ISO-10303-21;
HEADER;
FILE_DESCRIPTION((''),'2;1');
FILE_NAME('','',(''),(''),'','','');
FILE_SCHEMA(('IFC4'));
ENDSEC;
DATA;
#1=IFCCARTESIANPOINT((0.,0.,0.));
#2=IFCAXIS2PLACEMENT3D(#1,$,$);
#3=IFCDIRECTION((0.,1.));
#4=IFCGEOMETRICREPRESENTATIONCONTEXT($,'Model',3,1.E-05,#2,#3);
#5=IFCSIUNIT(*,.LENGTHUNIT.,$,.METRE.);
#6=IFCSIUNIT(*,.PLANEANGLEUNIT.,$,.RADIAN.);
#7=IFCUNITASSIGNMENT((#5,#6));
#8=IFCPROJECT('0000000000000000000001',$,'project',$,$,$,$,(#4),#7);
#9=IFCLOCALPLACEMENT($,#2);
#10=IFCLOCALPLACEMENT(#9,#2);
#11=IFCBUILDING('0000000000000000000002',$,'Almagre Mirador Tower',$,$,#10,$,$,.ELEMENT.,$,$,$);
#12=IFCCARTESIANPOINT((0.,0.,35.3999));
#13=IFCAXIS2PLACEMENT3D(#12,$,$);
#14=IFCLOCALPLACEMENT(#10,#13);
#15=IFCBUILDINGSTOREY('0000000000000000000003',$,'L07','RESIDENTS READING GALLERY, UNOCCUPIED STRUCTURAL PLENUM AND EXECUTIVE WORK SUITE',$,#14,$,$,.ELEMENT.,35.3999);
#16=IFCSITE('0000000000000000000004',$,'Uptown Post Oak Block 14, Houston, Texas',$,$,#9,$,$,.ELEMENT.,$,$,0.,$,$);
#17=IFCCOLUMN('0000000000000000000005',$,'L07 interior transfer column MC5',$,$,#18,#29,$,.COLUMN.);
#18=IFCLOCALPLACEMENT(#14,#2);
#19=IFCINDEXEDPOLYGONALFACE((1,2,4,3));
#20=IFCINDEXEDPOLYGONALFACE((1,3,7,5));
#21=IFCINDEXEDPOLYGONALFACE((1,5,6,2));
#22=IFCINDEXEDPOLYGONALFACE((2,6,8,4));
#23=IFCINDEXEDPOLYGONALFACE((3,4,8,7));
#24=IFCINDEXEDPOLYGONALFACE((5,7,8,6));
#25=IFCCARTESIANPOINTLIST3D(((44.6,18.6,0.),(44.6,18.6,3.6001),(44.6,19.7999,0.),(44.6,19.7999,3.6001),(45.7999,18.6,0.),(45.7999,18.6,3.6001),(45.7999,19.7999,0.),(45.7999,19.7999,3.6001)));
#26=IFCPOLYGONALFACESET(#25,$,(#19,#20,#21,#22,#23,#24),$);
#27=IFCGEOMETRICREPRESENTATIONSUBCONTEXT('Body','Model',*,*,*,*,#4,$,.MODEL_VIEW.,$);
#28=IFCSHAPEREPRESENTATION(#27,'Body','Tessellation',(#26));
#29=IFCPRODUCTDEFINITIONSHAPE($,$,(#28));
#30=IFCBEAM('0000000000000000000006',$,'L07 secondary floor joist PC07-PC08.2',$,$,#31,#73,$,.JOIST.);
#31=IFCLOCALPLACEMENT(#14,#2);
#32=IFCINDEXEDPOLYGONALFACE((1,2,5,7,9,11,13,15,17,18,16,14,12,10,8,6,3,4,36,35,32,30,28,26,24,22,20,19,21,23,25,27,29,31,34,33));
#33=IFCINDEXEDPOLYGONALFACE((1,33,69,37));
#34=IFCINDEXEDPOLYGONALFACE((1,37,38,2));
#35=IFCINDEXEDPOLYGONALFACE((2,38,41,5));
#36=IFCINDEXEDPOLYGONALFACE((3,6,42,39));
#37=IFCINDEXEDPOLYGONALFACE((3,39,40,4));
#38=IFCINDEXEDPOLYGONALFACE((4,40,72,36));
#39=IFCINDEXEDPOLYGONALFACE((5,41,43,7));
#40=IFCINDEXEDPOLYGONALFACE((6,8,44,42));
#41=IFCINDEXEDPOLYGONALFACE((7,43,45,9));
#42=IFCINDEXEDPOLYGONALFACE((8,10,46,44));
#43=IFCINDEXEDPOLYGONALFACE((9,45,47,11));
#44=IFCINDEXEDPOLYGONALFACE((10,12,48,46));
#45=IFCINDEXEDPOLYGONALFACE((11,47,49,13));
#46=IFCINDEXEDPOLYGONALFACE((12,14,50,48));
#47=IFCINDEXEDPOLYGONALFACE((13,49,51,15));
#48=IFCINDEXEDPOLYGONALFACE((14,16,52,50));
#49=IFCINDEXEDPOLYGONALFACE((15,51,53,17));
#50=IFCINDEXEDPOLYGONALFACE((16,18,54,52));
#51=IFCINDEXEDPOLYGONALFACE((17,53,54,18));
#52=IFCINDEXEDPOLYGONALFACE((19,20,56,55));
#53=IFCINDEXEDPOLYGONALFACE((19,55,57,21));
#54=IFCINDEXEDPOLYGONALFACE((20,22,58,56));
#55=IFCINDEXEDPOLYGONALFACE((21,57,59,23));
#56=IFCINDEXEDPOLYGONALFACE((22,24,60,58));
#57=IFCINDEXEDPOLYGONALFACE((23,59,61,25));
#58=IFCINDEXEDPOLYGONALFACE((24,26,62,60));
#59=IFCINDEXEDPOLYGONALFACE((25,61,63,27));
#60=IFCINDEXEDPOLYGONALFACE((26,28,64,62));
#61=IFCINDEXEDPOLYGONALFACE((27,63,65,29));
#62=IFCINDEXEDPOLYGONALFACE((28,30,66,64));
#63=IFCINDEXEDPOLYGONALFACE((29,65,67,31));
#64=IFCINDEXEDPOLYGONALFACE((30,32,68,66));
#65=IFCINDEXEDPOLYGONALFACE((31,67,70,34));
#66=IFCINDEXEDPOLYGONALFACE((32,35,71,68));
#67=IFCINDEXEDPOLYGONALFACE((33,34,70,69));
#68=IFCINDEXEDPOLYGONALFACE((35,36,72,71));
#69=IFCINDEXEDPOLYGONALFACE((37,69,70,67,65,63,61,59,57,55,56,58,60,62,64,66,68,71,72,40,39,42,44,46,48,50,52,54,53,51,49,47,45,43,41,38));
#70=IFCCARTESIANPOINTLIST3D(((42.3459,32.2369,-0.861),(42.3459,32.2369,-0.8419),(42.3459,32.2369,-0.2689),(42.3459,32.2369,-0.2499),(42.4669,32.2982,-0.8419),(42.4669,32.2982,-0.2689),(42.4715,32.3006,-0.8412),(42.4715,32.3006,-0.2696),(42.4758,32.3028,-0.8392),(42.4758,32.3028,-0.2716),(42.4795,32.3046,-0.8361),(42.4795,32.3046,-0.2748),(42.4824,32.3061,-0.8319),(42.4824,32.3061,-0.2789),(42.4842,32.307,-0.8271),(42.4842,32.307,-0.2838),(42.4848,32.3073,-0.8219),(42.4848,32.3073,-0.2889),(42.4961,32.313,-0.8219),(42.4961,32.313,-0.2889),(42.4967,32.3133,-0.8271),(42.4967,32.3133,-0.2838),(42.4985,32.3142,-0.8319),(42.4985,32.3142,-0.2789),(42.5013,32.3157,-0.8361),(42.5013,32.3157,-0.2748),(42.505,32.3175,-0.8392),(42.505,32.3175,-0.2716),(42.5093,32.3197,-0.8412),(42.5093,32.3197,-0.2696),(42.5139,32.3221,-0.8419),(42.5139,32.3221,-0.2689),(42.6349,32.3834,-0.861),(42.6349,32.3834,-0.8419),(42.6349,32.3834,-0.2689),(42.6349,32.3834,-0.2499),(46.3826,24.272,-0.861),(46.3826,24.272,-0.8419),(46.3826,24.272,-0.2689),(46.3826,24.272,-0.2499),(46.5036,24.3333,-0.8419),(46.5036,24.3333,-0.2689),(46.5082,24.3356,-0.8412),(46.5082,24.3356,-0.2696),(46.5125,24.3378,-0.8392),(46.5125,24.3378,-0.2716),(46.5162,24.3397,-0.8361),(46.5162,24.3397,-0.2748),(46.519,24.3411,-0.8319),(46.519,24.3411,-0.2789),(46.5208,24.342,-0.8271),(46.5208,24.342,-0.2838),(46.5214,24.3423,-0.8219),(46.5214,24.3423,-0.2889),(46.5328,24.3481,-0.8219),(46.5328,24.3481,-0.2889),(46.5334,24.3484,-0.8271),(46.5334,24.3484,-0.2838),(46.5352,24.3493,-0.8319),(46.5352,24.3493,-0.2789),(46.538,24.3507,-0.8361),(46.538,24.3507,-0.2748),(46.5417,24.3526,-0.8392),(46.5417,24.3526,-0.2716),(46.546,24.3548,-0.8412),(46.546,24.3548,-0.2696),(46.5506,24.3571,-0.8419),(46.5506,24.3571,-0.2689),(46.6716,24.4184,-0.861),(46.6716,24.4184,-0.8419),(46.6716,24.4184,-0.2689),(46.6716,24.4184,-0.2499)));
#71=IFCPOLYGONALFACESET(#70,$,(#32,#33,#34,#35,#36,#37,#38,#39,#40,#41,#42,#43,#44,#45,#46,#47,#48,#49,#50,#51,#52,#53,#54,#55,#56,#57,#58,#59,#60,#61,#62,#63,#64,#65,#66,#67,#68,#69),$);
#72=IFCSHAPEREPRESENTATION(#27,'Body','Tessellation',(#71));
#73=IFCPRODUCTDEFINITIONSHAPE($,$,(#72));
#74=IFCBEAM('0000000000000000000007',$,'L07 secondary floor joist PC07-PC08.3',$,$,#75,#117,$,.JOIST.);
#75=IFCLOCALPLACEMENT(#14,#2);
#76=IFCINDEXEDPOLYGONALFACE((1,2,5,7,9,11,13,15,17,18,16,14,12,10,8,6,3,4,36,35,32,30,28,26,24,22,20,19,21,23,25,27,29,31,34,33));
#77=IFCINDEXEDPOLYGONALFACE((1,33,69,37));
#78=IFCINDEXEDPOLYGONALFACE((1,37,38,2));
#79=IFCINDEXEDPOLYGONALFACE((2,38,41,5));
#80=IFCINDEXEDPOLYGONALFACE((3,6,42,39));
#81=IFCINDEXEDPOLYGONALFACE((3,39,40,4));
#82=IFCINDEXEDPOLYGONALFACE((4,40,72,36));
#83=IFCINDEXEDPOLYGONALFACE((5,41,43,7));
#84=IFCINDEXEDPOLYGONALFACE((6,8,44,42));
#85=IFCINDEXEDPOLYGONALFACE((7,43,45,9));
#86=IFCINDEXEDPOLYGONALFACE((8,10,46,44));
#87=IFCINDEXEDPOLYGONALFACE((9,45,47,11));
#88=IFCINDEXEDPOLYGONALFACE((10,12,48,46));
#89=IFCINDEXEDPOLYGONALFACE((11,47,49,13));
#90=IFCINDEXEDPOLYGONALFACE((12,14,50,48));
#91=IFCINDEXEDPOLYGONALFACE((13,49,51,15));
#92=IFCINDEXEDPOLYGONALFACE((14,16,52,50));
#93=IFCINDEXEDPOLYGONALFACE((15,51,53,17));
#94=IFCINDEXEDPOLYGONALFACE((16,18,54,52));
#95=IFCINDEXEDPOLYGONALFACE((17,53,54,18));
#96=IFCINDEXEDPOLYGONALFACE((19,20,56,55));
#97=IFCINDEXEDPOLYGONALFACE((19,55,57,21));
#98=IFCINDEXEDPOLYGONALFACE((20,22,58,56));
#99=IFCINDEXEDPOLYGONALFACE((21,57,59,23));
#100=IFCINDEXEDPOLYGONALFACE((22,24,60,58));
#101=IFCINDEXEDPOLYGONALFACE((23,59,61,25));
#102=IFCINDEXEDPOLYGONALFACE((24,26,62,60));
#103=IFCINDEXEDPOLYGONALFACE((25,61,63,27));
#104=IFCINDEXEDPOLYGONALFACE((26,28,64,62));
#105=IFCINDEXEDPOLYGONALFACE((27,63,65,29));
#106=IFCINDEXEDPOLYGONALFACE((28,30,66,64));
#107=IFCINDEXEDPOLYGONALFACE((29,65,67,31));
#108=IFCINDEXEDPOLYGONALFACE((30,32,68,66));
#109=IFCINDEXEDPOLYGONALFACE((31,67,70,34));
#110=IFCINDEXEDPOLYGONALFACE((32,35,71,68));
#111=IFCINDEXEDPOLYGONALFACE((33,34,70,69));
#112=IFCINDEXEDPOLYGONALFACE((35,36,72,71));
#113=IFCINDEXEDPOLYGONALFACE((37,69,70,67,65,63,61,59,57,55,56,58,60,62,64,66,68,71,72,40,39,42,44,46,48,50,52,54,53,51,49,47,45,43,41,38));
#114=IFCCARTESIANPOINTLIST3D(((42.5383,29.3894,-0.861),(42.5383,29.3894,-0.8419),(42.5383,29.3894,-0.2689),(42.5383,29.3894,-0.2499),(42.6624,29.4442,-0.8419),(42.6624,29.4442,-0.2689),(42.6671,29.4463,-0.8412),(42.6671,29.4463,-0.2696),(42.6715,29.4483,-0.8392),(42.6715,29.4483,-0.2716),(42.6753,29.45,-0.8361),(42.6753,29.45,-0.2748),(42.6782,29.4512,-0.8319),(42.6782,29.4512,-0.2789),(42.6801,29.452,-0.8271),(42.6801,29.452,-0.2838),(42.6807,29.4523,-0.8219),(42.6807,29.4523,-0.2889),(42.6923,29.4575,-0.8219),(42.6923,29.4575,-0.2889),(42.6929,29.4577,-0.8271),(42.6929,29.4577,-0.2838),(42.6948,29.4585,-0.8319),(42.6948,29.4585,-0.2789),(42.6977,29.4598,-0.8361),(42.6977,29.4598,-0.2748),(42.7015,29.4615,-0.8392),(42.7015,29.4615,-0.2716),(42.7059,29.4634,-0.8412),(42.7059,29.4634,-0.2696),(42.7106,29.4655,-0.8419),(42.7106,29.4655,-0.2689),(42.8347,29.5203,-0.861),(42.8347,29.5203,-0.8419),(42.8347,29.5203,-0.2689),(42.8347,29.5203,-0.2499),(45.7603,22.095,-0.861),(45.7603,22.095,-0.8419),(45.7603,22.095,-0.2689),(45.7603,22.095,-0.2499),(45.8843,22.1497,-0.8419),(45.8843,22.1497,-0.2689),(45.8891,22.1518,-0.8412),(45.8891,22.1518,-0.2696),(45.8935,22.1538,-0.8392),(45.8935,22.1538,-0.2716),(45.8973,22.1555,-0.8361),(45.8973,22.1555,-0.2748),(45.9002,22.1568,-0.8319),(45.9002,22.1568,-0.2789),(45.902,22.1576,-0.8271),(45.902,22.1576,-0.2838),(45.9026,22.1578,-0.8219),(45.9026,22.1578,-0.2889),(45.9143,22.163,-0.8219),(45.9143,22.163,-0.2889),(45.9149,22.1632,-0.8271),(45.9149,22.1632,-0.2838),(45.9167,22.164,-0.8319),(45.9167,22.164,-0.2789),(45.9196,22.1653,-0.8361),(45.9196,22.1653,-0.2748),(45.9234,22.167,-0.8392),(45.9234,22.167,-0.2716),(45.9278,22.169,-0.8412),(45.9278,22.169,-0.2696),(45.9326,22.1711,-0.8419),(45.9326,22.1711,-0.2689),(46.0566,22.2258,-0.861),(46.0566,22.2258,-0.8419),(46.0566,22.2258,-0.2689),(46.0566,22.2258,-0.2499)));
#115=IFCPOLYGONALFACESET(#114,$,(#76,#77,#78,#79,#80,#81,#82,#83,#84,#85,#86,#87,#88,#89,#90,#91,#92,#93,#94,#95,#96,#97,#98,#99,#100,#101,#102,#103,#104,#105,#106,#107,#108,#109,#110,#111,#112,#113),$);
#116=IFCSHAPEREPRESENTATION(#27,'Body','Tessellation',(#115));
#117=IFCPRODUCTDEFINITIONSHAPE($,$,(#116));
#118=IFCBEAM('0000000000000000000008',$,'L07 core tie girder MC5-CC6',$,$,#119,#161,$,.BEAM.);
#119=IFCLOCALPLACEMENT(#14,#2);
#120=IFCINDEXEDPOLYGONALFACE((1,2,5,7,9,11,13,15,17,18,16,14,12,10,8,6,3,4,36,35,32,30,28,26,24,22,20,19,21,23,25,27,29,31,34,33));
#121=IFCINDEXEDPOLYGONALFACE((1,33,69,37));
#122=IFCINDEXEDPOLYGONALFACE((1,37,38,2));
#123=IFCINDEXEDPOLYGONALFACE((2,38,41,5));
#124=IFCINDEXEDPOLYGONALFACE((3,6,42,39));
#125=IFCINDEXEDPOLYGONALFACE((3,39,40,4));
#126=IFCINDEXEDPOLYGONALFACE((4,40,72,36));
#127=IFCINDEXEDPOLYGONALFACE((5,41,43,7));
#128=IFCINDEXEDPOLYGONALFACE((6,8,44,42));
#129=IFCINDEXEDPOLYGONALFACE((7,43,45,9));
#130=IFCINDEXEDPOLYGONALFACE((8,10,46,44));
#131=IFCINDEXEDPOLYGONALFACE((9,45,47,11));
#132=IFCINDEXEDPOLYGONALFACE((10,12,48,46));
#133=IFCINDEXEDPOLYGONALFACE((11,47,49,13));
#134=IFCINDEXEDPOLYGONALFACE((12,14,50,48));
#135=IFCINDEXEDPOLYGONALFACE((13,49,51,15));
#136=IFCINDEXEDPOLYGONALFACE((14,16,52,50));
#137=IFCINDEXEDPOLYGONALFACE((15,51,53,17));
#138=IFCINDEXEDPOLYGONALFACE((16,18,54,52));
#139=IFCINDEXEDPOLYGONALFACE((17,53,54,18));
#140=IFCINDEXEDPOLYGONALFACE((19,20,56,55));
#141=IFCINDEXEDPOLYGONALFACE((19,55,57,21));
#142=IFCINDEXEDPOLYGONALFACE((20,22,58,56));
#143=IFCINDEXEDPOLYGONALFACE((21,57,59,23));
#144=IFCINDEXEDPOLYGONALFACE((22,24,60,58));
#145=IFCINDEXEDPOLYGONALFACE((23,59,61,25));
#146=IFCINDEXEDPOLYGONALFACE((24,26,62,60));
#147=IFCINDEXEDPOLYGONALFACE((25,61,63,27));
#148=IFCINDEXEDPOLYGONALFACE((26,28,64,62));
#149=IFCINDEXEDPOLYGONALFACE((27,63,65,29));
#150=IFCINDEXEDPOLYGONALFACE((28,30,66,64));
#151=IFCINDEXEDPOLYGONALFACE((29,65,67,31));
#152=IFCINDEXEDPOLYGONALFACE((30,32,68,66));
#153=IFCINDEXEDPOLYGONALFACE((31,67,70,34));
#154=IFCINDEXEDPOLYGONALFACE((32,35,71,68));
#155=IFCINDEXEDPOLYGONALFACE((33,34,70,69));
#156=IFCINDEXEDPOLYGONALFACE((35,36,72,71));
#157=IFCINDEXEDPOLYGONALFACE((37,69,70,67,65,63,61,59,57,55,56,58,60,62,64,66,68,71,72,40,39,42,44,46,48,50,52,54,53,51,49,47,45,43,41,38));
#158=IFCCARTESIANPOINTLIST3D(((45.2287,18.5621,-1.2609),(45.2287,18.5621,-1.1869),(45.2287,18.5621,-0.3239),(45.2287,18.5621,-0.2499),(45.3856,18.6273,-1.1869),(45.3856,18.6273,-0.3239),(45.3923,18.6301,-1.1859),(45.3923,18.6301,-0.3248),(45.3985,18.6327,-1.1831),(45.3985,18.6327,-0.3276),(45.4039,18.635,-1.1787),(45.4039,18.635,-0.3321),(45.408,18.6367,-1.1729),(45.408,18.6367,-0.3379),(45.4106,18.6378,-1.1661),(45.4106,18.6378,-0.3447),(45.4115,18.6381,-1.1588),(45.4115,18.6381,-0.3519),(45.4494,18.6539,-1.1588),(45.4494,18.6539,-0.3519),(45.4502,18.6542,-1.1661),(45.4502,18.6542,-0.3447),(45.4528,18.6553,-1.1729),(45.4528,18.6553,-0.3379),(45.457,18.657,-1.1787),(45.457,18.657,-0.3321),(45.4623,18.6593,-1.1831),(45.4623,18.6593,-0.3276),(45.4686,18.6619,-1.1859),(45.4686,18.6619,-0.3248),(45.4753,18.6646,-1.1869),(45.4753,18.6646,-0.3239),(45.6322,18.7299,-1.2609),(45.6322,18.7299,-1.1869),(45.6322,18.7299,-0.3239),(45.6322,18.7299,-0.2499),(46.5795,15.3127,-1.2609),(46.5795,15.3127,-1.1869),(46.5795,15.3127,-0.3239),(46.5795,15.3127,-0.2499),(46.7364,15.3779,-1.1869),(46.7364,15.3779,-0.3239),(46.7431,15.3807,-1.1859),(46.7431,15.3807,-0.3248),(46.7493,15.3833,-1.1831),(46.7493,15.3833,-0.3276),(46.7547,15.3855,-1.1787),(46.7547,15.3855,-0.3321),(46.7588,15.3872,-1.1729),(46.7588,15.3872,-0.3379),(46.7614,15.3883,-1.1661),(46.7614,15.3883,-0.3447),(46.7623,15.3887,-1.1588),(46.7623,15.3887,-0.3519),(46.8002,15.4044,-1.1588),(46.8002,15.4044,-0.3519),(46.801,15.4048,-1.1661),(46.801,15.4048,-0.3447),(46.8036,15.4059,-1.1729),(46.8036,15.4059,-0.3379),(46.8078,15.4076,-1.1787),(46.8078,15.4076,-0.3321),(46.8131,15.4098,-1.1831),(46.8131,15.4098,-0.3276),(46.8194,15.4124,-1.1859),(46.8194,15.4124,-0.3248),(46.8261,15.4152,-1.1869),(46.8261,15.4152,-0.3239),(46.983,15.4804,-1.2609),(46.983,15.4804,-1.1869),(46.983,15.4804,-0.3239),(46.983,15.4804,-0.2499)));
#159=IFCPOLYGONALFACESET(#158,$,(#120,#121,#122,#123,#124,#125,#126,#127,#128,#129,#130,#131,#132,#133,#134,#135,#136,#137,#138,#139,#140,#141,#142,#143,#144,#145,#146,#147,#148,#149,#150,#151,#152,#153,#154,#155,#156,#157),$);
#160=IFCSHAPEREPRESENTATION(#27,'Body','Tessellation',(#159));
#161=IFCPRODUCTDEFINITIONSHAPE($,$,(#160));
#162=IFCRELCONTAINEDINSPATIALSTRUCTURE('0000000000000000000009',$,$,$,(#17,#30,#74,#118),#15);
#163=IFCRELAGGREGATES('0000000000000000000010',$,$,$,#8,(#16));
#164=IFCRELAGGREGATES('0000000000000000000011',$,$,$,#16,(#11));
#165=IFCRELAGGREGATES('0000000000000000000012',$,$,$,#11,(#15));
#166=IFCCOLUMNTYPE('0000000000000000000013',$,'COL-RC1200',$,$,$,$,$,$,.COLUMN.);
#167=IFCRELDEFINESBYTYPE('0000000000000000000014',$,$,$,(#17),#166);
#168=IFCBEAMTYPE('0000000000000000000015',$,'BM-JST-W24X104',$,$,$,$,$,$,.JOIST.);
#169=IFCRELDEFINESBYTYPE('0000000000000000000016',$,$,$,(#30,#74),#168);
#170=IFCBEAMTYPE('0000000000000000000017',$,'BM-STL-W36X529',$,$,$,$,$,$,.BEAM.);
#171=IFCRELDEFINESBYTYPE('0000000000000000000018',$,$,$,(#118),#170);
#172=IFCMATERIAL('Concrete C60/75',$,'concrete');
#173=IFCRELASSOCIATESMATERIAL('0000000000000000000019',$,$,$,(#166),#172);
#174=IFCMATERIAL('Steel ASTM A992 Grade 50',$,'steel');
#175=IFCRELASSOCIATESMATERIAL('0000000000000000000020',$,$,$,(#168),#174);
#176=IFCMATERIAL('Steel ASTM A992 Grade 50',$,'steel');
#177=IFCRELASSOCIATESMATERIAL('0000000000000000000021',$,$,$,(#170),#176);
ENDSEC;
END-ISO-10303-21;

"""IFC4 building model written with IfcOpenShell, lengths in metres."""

from ifc_helpers import new_model, si_unit, direction, frame, origin, origin_2d, place, context, subcontext, project, spatial, rectangle, i_section, extrude, material, material_profile, profile_set, type_object, element, save


model = new_model("IFC4")

# Units and contexts
model_context = context("Model", 3, precision=1e-05, world=origin(), true_north=direction((0.0, 1.0)))
body_context = subcontext(model_context, "Body", "Model", "MODEL_VIEW")
ifc_project = project(units=[si_unit("LENGTHUNIT", "METRE"), si_unit("PLANEANGLEUNIT", "RADIAN")], contexts=[model_context])

# Site, building, storey
site_placement = place(None, origin())
site = spatial("IfcSite", under=ifc_project, at=site_placement, Name="Uptown Post Oak Block 14, Houston, Texas", CompositionType="ELEMENT", RefElevation=0.0)
building_placement = place(site_placement, origin())
building = spatial("IfcBuilding", under=site, at=building_placement, Name="Almagre Mirador Tower", CompositionType="ELEMENT")
storey_placement = place(building_placement, frame((0.0, 0.0, 35.3999)))
storey = spatial("IfcBuildingStorey", under=building, at=storey_placement, Name="L07", Description="RESIDENTS READING GALLERY, UNOCCUPIED STRUCTURAL PLENUM AND EXECUTIVE WORK SUITE", CompositionType="ELEMENT", Elevation=35.3999)

# Column
ifc_material_1 = material(Name="Concrete C60/75", Category="concrete")
ifc_material_profile_1 = material_profile(ifc_material_1, rectangle(XDim=1.2, YDim=1.2, at=origin_2d()), Name="RC1200X1200")
ifc_profile_set_1 = profile_set([ifc_material_profile_1], Name="Concrete C60/75")
column_type = type_object("IfcColumnType", Name="COL-RC1200", PredefinedType="COLUMN", material=ifc_profile_set_1)
column_placement = place(storey_placement, frame((45.2, 19.2, 0.0), z_axis=(0.0, 0.0, 1.0), x_axis=(1.0, 0.0, 0.0)))
element("IfcColumn", 1, at=column_placement, inside=storey, type_object=column_type, Name="L07 interior transfer column MC5", PredefinedType="COLUMN", context=body_context, shape_type="SweptSolid", body=[
    extrude(rectangle(XDim=1.2, YDim=1.2, at=origin_2d()), origin(), (0.0, 0.0, 1.0), 3.6001),
])

# Beams
ifc_material_2 = material(Name="Steel ASTM A992 Grade 50", Category="steel")
ifc_material_profile_2 = material_profile(ifc_material_2, i_section(OverallWidth=0.324, OverallDepth=0.6111, WebThickness=0.0127, FlangeThickness=0.019, FilletRadius=0.02, at=origin_2d()), Name="W24X104")
ifc_profile_set_2 = profile_set([ifc_material_profile_2], Name="Steel ASTM A992 Grade 50")
beam_type_1 = type_object("IfcBeamType", Name="BM-JST-W24X104", PredefinedType="JOIST", material=ifc_profile_set_2)
beam_1_placement = place(storey_placement, frame((46.5271, 24.3452, -0.5554), z_axis=(-0.452063, 0.891986, 0.0), x_axis=(-0.891986, -0.452063, 0.0)))
element("IfcBeam", 2, at=beam_1_placement, inside=storey, type_object=beam_type_1, Name="L07 secondary floor joist PC07-PC08.2", PredefinedType="JOIST", context=body_context, shape_type="SweptSolid", body=[
    extrude(i_section(OverallWidth=0.324, OverallDepth=0.6111, WebThickness=0.0127, FlangeThickness=0.019, FilletRadius=0.02, at=origin_2d()), origin(), (0.0, 0.0, 1.0), 8.9294),
])
beam_2_placement = place(storey_placement, frame((45.9084, 22.1604, -0.5554), z_axis=(-0.404038, 0.914742, 0.0), x_axis=(-0.914742, -0.404038, 0.0)))
element("IfcBeam", 3, at=beam_2_placement, inside=storey, type_object=beam_type_1, Name="L07 secondary floor joist PC07-PC08.3", PredefinedType="JOIST", context=body_context, shape_type="SweptSolid", body=[
    extrude(i_section(OverallWidth=0.324, OverallDepth=0.6111, WebThickness=0.0127, FlangeThickness=0.019, FilletRadius=0.02, at=origin_2d()), origin(), (0.0, 0.0, 1.0), 7.9744),
])
ifc_material_3 = material(Name="Steel ASTM A992 Grade 50", Category="steel")
ifc_material_profile_3 = material_profile(ifc_material_3, i_section(OverallWidth=0.437, OverallDepth=1.011, WebThickness=0.041, FlangeThickness=0.074, FilletRadius=0.0281, at=origin_2d()), Name="W36X529")
ifc_profile_set_3 = profile_set([ifc_material_profile_3], Name="Steel ASTM A992 Grade 50")
beam_type_2 = type_object("IfcBeamType", Name="BM-STL-W36X529", PredefinedType="BEAM", material=ifc_profile_set_3)
beam_3_placement = place(storey_placement, frame((45.4304, 18.646, -0.7554), z_axis=(0.383857, -0.923393, 0.0), x_axis=(0.923393, 0.383857, 0.0)))
element("IfcBeam", 4, at=beam_3_placement, inside=storey, type_object=beam_type_2, Name="L07 core tie girder MC5-CC6", PredefinedType="BEAM", context=body_context, shape_type="SweptSolid", body=[
    extrude(i_section(OverallWidth=0.437, OverallDepth=1.011, WebThickness=0.041, FlangeThickness=0.074, FilletRadius=0.0281, at=origin_2d()), origin(), (0.0, 0.0, 1.0), 3.519),
])

save(model, "model.ifc")
